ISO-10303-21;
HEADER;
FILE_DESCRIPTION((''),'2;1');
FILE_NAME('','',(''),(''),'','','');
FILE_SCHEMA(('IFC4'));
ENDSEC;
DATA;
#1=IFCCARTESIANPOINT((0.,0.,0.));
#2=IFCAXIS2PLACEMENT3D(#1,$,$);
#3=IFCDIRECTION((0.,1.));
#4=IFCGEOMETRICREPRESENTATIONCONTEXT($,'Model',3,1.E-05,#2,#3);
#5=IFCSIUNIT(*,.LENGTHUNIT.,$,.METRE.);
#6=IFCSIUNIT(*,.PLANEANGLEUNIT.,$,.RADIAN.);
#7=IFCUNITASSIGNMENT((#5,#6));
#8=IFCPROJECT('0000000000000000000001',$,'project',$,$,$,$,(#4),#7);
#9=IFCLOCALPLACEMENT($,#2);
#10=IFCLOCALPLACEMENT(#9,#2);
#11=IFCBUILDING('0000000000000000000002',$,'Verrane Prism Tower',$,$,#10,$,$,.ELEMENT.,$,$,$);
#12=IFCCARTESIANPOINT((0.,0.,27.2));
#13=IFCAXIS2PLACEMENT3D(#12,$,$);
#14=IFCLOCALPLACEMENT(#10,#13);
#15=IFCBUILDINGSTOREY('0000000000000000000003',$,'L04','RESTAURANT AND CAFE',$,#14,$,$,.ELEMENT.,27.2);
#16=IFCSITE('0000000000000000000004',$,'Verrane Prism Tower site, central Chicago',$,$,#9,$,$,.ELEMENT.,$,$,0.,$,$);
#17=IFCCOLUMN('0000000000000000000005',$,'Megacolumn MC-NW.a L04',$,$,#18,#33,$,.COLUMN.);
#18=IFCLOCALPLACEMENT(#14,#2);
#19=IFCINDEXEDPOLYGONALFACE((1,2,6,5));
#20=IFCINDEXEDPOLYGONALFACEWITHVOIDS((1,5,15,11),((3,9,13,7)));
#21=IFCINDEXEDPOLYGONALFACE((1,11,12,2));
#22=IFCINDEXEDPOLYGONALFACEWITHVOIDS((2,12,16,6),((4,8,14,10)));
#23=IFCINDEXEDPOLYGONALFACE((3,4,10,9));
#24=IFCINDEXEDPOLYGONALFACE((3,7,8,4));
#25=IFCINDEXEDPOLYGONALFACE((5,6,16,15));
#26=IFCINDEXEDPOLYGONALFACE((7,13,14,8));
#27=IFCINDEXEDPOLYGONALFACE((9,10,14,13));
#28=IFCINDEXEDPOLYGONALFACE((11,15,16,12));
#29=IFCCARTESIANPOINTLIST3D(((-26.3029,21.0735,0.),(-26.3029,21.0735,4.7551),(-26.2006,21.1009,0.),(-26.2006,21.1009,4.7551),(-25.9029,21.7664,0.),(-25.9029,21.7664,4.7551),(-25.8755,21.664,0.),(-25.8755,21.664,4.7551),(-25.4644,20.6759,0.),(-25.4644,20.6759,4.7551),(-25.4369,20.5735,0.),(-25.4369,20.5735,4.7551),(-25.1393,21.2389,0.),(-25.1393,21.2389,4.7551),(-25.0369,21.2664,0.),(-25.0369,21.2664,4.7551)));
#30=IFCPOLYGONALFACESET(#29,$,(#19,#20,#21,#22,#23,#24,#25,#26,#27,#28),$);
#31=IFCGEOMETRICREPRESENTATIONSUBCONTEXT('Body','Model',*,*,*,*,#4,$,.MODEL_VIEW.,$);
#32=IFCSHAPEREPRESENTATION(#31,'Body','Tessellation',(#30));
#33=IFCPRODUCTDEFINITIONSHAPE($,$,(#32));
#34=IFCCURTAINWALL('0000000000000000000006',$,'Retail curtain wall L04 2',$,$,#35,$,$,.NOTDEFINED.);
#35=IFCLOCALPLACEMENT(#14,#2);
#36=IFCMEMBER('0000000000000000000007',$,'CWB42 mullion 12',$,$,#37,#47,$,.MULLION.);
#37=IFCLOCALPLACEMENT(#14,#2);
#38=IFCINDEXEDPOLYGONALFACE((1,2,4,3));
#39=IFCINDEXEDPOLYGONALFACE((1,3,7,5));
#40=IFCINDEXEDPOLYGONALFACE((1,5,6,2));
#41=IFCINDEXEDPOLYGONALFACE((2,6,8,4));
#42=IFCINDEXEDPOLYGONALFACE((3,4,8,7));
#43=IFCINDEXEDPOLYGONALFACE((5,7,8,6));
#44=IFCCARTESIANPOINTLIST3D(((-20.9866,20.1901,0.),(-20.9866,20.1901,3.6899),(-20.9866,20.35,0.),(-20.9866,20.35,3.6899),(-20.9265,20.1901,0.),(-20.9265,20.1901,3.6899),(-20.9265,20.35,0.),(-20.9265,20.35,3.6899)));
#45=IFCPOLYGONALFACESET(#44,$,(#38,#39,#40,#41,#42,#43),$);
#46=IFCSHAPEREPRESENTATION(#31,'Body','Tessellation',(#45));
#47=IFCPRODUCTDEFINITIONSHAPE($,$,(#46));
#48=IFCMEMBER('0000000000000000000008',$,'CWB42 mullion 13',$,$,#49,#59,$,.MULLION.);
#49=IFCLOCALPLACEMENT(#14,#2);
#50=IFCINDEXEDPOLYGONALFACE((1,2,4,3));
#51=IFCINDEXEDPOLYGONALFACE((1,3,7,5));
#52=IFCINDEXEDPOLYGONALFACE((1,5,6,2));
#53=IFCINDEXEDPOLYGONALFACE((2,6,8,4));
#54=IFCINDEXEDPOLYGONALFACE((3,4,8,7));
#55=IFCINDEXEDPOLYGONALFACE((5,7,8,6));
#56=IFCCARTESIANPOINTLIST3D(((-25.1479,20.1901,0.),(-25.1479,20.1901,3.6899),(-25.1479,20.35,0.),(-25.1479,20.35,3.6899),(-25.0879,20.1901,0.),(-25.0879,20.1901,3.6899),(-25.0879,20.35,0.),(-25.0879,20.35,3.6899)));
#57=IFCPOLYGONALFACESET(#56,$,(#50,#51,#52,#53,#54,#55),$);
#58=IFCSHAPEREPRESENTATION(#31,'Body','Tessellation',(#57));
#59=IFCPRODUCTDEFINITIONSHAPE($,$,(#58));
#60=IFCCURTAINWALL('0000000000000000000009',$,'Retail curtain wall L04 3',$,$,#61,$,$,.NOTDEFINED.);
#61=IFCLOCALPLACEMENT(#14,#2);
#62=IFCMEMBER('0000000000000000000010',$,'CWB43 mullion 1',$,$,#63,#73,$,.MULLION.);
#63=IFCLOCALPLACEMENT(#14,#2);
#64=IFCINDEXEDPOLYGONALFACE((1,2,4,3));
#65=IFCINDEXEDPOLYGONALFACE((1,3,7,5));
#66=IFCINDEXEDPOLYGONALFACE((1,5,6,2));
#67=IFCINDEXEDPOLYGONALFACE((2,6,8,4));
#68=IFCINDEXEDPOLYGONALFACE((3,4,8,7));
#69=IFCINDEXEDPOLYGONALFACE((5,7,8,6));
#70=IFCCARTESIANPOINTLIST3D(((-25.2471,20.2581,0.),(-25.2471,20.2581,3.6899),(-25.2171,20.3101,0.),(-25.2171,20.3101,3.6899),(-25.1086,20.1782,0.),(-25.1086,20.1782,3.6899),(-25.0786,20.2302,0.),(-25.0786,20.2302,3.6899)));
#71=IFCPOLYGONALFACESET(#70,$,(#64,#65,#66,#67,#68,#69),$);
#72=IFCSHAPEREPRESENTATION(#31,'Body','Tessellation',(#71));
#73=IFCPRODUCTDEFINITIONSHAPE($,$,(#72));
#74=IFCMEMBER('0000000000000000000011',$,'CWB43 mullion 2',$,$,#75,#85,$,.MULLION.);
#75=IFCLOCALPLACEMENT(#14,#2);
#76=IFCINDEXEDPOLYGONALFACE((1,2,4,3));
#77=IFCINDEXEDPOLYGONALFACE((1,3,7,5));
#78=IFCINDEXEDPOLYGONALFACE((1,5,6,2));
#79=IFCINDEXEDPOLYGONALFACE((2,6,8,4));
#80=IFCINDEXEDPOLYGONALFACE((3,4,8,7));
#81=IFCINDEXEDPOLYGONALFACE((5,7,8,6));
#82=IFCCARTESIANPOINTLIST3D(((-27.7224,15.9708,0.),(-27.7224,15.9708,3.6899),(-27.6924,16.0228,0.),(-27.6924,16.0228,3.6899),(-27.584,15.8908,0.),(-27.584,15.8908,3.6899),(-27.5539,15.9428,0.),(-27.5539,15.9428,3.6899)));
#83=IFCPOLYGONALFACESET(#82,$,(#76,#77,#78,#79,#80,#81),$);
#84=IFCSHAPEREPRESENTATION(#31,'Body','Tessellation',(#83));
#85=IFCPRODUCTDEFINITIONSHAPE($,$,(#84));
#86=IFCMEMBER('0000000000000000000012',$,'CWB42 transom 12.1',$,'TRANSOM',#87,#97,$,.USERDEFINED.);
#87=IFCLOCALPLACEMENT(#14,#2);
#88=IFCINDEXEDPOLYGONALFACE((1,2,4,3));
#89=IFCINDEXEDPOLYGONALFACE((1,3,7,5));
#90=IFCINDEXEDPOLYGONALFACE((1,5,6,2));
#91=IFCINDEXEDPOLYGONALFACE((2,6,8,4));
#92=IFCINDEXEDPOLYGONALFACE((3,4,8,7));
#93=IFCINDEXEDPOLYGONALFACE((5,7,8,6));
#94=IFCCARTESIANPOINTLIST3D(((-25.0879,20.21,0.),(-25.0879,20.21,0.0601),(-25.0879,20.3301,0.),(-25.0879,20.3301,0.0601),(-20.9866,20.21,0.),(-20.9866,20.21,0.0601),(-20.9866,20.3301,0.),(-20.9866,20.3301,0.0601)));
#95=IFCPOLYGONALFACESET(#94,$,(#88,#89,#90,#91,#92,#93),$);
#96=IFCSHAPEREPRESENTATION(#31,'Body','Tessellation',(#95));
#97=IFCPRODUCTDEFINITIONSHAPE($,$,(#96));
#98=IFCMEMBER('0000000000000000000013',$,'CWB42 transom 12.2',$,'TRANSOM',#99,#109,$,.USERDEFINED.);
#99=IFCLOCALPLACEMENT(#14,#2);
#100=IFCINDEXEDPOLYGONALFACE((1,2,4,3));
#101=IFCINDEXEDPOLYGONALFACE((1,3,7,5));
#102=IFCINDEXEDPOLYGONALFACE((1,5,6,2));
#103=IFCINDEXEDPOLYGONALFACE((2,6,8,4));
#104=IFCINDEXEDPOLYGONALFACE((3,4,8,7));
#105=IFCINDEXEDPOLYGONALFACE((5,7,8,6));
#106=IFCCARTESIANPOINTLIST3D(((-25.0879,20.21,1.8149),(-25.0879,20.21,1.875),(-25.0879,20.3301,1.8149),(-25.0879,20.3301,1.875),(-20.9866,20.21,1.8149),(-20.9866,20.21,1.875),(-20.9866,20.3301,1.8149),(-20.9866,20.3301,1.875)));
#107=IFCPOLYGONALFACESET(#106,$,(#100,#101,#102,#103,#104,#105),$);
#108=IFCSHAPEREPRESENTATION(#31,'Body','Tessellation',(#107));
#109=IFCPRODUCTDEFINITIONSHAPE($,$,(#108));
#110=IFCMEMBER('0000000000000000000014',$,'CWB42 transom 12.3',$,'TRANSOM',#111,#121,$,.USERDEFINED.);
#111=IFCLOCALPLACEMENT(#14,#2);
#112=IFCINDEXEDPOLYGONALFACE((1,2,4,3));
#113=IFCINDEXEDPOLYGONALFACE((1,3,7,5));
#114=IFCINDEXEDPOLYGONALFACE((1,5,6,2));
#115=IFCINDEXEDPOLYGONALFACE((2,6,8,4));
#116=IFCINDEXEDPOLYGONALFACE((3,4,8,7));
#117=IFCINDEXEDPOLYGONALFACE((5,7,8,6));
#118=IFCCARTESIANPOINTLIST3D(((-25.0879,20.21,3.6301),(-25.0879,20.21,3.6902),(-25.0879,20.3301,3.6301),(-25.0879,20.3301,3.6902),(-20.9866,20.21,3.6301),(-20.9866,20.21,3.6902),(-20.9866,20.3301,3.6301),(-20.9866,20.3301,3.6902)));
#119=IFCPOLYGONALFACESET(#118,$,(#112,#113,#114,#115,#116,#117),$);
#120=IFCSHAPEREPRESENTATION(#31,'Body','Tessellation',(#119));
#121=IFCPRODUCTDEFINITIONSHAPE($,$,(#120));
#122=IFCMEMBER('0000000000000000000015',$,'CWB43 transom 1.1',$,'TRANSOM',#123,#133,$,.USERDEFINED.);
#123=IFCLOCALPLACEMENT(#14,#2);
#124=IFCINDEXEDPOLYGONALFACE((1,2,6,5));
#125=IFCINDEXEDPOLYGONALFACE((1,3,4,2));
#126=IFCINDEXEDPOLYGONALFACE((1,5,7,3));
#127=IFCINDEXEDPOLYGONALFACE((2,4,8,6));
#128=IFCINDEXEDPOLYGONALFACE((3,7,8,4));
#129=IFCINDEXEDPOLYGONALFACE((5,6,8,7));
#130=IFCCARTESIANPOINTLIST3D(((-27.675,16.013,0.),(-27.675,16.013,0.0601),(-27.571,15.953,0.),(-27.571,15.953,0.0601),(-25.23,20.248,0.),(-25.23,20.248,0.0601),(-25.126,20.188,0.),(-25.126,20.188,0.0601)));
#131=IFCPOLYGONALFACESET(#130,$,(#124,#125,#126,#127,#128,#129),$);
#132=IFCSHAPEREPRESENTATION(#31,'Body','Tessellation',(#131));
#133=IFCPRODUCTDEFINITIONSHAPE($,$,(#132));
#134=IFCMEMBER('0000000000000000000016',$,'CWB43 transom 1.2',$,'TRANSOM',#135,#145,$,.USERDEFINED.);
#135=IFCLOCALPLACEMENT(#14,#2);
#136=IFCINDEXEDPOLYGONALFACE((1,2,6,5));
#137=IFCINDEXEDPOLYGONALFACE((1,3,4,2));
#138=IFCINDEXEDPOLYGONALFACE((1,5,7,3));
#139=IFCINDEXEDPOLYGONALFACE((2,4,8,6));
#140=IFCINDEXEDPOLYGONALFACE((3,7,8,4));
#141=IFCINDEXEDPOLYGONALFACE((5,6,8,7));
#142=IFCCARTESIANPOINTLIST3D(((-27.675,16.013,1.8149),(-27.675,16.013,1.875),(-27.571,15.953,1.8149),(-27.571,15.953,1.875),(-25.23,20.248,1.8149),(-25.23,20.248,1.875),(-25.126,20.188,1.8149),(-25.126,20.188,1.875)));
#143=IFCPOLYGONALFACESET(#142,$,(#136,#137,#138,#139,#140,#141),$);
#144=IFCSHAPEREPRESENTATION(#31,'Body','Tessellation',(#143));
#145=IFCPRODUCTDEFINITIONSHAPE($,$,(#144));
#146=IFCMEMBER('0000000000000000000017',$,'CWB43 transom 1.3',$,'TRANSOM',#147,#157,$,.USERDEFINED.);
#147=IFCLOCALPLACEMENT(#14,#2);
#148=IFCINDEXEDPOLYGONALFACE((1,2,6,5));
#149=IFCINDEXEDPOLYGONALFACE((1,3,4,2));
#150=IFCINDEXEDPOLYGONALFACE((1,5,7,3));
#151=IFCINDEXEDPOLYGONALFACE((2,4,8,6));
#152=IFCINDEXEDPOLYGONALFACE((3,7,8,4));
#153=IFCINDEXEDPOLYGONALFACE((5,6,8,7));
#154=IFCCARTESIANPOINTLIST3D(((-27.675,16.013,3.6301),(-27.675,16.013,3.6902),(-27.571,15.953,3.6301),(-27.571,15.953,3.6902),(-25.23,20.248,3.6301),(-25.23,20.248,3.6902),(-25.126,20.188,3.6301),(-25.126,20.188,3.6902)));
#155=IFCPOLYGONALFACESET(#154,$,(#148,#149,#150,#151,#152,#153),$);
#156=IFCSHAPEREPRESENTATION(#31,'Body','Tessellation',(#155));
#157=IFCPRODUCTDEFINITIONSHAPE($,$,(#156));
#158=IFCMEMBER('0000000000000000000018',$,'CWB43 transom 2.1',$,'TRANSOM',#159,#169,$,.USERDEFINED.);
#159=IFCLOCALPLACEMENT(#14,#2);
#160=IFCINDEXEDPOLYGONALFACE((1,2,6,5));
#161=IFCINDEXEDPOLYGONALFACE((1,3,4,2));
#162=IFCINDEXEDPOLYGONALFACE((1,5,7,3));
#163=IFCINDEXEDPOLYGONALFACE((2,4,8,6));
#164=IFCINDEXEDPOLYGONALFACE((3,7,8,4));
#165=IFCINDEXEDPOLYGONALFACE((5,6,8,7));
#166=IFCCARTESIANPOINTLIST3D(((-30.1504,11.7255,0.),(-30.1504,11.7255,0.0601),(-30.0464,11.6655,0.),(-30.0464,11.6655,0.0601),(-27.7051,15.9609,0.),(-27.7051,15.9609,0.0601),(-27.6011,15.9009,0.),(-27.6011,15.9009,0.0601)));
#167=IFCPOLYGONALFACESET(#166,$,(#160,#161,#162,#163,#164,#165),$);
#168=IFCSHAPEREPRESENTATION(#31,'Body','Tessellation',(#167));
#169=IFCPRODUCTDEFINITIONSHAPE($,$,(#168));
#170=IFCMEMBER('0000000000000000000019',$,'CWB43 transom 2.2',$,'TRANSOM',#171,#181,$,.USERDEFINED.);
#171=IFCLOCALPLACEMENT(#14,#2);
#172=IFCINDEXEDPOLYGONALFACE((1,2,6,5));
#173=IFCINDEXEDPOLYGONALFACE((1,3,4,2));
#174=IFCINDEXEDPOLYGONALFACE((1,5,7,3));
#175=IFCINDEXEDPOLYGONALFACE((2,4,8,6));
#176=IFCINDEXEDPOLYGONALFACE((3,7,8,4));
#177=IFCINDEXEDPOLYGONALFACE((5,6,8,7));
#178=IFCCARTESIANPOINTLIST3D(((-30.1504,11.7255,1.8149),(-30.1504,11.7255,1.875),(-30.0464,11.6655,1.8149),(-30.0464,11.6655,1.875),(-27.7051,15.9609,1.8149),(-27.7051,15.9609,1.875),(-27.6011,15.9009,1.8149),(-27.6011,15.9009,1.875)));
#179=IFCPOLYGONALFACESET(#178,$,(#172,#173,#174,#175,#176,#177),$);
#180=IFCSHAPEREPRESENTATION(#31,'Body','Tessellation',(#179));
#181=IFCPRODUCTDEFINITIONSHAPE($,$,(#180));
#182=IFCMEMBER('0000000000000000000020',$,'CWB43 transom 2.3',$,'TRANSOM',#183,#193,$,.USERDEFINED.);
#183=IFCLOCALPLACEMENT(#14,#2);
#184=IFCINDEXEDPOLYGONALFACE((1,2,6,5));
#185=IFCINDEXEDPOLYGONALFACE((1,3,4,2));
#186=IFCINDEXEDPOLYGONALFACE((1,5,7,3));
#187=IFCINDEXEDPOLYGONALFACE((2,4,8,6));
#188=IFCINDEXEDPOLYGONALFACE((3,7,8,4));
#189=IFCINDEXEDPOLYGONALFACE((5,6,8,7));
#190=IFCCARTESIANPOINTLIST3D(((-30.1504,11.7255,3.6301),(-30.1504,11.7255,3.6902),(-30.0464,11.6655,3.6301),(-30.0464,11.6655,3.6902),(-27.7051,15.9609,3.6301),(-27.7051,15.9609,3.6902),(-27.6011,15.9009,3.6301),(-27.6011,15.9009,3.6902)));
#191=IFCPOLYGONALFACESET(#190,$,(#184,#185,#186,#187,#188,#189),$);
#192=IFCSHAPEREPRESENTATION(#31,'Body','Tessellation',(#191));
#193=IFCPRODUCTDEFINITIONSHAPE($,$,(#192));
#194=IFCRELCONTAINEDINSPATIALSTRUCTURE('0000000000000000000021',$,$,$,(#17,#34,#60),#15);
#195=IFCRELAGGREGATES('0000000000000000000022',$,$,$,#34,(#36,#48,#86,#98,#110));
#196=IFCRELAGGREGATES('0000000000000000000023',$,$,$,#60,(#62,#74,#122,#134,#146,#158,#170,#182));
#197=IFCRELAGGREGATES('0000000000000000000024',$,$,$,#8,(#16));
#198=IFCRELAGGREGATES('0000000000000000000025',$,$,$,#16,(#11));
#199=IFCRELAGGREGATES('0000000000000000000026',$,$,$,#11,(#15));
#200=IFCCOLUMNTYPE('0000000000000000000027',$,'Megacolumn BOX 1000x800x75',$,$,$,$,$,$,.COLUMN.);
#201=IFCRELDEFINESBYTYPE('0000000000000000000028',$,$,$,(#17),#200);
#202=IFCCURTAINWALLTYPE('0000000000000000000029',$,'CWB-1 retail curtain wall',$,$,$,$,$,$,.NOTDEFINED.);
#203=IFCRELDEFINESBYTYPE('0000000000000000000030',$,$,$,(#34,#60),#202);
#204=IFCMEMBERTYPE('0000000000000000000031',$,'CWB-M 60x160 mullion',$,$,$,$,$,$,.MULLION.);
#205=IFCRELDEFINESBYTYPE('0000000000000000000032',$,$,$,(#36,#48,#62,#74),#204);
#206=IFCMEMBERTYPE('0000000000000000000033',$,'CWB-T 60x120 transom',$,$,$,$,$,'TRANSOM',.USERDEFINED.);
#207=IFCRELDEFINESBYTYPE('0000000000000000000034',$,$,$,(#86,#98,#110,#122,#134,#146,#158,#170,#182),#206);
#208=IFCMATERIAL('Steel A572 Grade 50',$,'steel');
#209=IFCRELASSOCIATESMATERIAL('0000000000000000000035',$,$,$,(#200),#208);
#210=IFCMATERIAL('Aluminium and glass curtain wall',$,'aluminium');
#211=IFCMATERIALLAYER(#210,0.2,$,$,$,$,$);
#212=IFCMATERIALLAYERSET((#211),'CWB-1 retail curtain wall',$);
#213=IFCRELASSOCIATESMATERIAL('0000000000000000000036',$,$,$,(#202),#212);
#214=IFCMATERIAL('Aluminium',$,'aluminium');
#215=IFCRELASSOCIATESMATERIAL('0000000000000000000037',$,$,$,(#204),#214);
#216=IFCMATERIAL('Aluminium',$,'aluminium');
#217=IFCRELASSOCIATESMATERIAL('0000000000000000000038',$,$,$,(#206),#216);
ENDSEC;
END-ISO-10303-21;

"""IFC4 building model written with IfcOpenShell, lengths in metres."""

from ifc_helpers import new_model, si_unit, direction, frame, origin, origin_2d, place, context, subcontext, project, spatial, rectangle, hollow_rectangle, extrude, material, layer, layer_set, material_profile, profile_set, type_object, element, aggregate, save


model = new_model("IFC4")

# Units and contexts
model_context = context("Model", 3, precision=1e-05, world=origin(), true_north=direction((0.0, 1.0)))
body_context = subcontext(model_context, "Body", "Model", "MODEL_VIEW")
ifc_project = project(units=[si_unit("LENGTHUNIT", "METRE"), si_unit("PLANEANGLEUNIT", "RADIAN")], contexts=[model_context])

# Site, building, storey
site_placement = place(None, origin())
site = spatial("IfcSite", under=ifc_project, at=site_placement, Name="Verrane Prism Tower site, central Chicago", CompositionType="ELEMENT", RefElevation=0.0)
building_placement = place(site_placement, origin())
building = spatial("IfcBuilding", under=site, at=building_placement, Name="Verrane Prism Tower", CompositionType="ELEMENT")
storey_placement = place(building_placement, frame((0.0, 0.0, 27.2)))
storey = spatial("IfcBuildingStorey", under=building, at=storey_placement, Name="L04", Description="RESTAURANT AND CAFE", CompositionType="ELEMENT", Elevation=27.2)

# Column
ifc_material_1 = material(Name="Steel A572 Grade 50", Category="steel")
ifc_material_profile_1 = material_profile(ifc_material_1, hollow_rectangle(XDim=0.8, YDim=1.0, WallThickness=0.075, at=origin_2d()), Name="BOX 1000x800x75")
ifc_profile_set_1 = profile_set([ifc_material_profile_1], Name="Steel A572 Grade 50")
column_type = type_object("IfcColumnType", Name="Megacolumn BOX 1000x800x75", PredefinedType="COLUMN", material=ifc_profile_set_1)
column_placement = place(storey_placement, frame((-25.6699, 21.1699, 0.0), z_axis=(0.0, 0.0, 1.0), x_axis=(0.5, 0.866025, 0.0)))
element("IfcColumn", 1, at=column_placement, inside=storey, type_object=column_type, Name="Megacolumn MC-NW.a L04", PredefinedType="COLUMN", context=body_context, shape_type="SweptSolid", body=[
    extrude(hollow_rectangle(XDim=0.8, YDim=1.0, WallThickness=0.075, at=origin_2d()), origin(), (0.0, 0.0, 1.0), 4.7551),
])

# Curtain walls, members
ifc_material_2 = material(Name="Aluminium and glass curtain wall", Category="aluminium")
ifc_layer_1 = layer(ifc_material_2, 0.2)
ifc_layer_set_1 = layer_set([ifc_layer_1], Name="CWB-1 retail curtain wall")
curtain_wall_type = type_object("IfcCurtainWallType", Name="CWB-1 retail curtain wall", PredefinedType="NOTDEFINED", material=ifc_layer_set_1)
curtain_wall_1_placement = place(storey_placement, origin())
curtain_wall_1 = element("IfcCurtainWall", 2, at=curtain_wall_1_placement, inside=storey, type_object=curtain_wall_type, Name="Retail curtain wall L04 2", PredefinedType="NOTDEFINED")
ifc_material_3 = material(Name="Aluminium", Category="aluminium")
ifc_material_profile_2 = material_profile(ifc_material_3, rectangle(XDim=0.1599, YDim=0.0601, at=origin_2d()), Name="CWB-M 60x160 mullion")
ifc_profile_set_2 = profile_set([ifc_material_profile_2], Name="Aluminium")
member_type_1 = type_object("IfcMemberType", Name="CWB-M 60x160 mullion", PredefinedType="MULLION", material=ifc_profile_set_2)
member_1_placement = place(storey_placement, frame((-20.9565, 20.27, 0.0), z_axis=(0.0, 0.0, 1.0), x_axis=(0.0, -1.0, 0.0)))
member_1 = element("IfcMember", 3, at=member_1_placement, type_object=member_type_1, Name="CWB42 mullion 12", PredefinedType="MULLION", context=body_context, shape_type="SweptSolid", body=[
    extrude(rectangle(XDim=0.1599, YDim=0.0601, at=origin_2d()), origin(), (0.0, 0.0, 1.0), 3.6899),
])
member_2_placement = place(storey_placement, frame((-25.1179, 20.27, 0.0), z_axis=(0.0, 0.0, 1.0), x_axis=(0.0, -1.0, 0.0)))
member_2 = element("IfcMember", 4, at=member_2_placement, type_object=member_type_1, Name="CWB42 mullion 13", PredefinedType="MULLION", context=body_context, shape_type="SweptSolid", body=[
    extrude(rectangle(XDim=0.1599, YDim=0.0601, at=origin_2d()), origin(), (0.0, 0.0, 1.0), 3.6899),
])
curtain_wall_2_placement = place(storey_placement, origin())
curtain_wall_2 = element("IfcCurtainWall", 5, at=curtain_wall_2_placement, inside=storey, type_object=curtain_wall_type, Name="Retail curtain wall L04 3", PredefinedType="NOTDEFINED")
member_3_placement = place(storey_placement, frame((-25.1628, 20.2441, 0.0), z_axis=(0.0, 0.0, 1.0), x_axis=(0.866026, -0.499999, 0.0)))
member_3 = element("IfcMember", 6, at=member_3_placement, type_object=member_type_1, Name="CWB43 mullion 1", PredefinedType="MULLION", context=body_context, shape_type="SweptSolid", body=[
    extrude(rectangle(XDim=0.1599, YDim=0.0601, at=origin_2d()), origin(), (0.0, 0.0, 1.0), 3.6899),
])
member_4_placement = place(storey_placement, frame((-27.6382, 15.9568, 0.0), z_axis=(0.0, 0.0, 1.0), x_axis=(0.866026, -0.499999, 0.0)))
member_4 = element("IfcMember", 7, at=member_4_placement, type_object=member_type_1, Name="CWB43 mullion 2", PredefinedType="MULLION", context=body_context, shape_type="SweptSolid", body=[
    extrude(rectangle(XDim=0.1599, YDim=0.0601, at=origin_2d()), origin(), (0.0, 0.0, 1.0), 3.6899),
])

# Members
ifc_material_4 = material(Name="Aluminium", Category="aluminium")
ifc_material_profile_3 = material_profile(ifc_material_4, rectangle(XDim=0.1201, YDim=0.0601, at=origin_2d()), Name="CWB-T 60x120 transom")
ifc_profile_set_3 = profile_set([ifc_material_profile_3], Name="Aluminium")
member_type_2 = type_object("IfcMemberType", Name="CWB-T 60x120 transom", ElementType="TRANSOM", PredefinedType="USERDEFINED", material=ifc_profile_set_3)
member_5_placement = place(storey_placement, frame((-20.9866, 20.27, 0.03), z_axis=(-1.0, 0.0, 0.0), x_axis=(0.0, -1.0, 0.0)))
member_5 = element("IfcMember", 8, at=member_5_placement, type_object=member_type_2, Name="CWB42 transom 12.1", ObjectType="TRANSOM", PredefinedType="USERDEFINED", context=body_context, shape_type="SweptSolid", body=[
    extrude(rectangle(XDim=0.1201, YDim=0.0601, at=origin_2d()), origin(), (0.0, 0.0, 1.0), 4.1013),
])
member_6_placement = place(storey_placement, frame((-20.9866, 20.27, 1.845), z_axis=(-1.0, 0.0, 0.0), x_axis=(0.0, -1.0, 0.0)))
member_6 = element("IfcMember", 9, at=member_6_placement, type_object=member_type_2, Name="CWB42 transom 12.2", ObjectType="TRANSOM", PredefinedType="USERDEFINED", context=body_context, shape_type="SweptSolid", body=[
    extrude(rectangle(XDim=0.1201, YDim=0.0601, at=origin_2d()), origin(), (0.0, 0.0, 1.0), 4.1013),
])
member_7_placement = place(storey_placement, frame((-20.9866, 20.27, 3.6602), z_axis=(-1.0, 0.0, 0.0), x_axis=(0.0, -1.0, 0.0)))
member_7 = element("IfcMember", 10, at=member_7_placement, type_object=member_type_2, Name="CWB42 transom 12.3", ObjectType="TRANSOM", PredefinedType="USERDEFINED", context=body_context, shape_type="SweptSolid", body=[
    extrude(rectangle(XDim=0.1201, YDim=0.0601, at=origin_2d()), origin(), (0.0, 0.0, 1.0), 4.1013),
])
member_8_placement = place(storey_placement, frame((-25.178, 20.218, 0.03), z_axis=(-0.499989, -0.866032, 0.0), x_axis=(0.866032, -0.499989, 0.0)))
member_8 = element("IfcMember", 11, at=member_8_placement, type_object=member_type_2, Name="CWB43 transom 1.1", ObjectType="TRANSOM", PredefinedType="USERDEFINED", context=body_context, shape_type="SweptSolid", body=[
    extrude(rectangle(XDim=0.1201, YDim=0.0601, at=origin_2d()), origin(), (0.0, 0.0, 1.0), 4.8901),
])
member_9_placement = place(storey_placement, frame((-25.178, 20.218, 1.845), z_axis=(-0.499989, -0.866032, 0.0), x_axis=(0.866032, -0.499989, 0.0)))
member_9 = element("IfcMember", 12, at=member_9_placement, type_object=member_type_2, Name="CWB43 transom 1.2", ObjectType="TRANSOM", PredefinedType="USERDEFINED", context=body_context, shape_type="SweptSolid", body=[
    extrude(rectangle(XDim=0.1201, YDim=0.0601, at=origin_2d()), origin(), (0.0, 0.0, 1.0), 4.8901),
])
member_10_placement = place(storey_placement, frame((-25.178, 20.218, 3.6602), z_axis=(-0.499989, -0.866032, 0.0), x_axis=(0.866032, -0.499989, 0.0)))
member_10 = element("IfcMember", 13, at=member_10_placement, type_object=member_type_2, Name="CWB43 transom 1.3", ObjectType="TRANSOM", PredefinedType="USERDEFINED", context=body_context, shape_type="SweptSolid", body=[
    extrude(rectangle(XDim=0.1201, YDim=0.0601, at=origin_2d()), origin(), (0.0, 0.0, 1.0), 4.8901),
])
member_11_placement = place(storey_placement, frame((-27.6531, 15.9309, 0.03), z_axis=(-0.500005, -0.866023, 0.0), x_axis=(0.866023, -0.500005, 0.0)))
member_11 = element("IfcMember", 14, at=member_11_placement, type_object=member_type_2, Name="CWB43 transom 2.1", ObjectType="TRANSOM", PredefinedType="USERDEFINED", context=body_context, shape_type="SweptSolid", body=[
    extrude(rectangle(XDim=0.1201, YDim=0.0601, at=origin_2d()), origin(), (0.0, 0.0, 1.0), 4.8906),
])
member_12_placement = place(storey_placement, frame((-27.6531, 15.9309, 1.845), z_axis=(-0.500005, -0.866023, 0.0), x_axis=(0.866023, -0.500005, 0.0)))
member_12 = element("IfcMember", 15, at=member_12_placement, type_object=member_type_2, Name="CWB43 transom 2.2", ObjectType="TRANSOM", PredefinedType="USERDEFINED", context=body_context, shape_type="SweptSolid", body=[
    extrude(rectangle(XDim=0.1201, YDim=0.0601, at=origin_2d()), origin(), (0.0, 0.0, 1.0), 4.8906),
])
member_13_placement = place(storey_placement, frame((-27.6531, 15.9309, 3.6602), z_axis=(-0.500005, -0.866023, 0.0), x_axis=(0.866023, -0.500005, 0.0)))
member_13 = element("IfcMember", 16, at=member_13_placement, type_object=member_type_2, Name="CWB43 transom 2.3", ObjectType="TRANSOM", PredefinedType="USERDEFINED", context=body_context, shape_type="SweptSolid", body=[
    extrude(rectangle(XDim=0.1201, YDim=0.0601, at=origin_2d()), origin(), (0.0, 0.0, 1.0), 4.8906),
])

aggregate(curtain_wall_1, [member_1, member_2, member_5, member_6, member_7])
aggregate(curtain_wall_2, [member_3, member_4, member_8, member_9, member_10, member_11, member_12, member_13])

save(model, "model.ifc")
